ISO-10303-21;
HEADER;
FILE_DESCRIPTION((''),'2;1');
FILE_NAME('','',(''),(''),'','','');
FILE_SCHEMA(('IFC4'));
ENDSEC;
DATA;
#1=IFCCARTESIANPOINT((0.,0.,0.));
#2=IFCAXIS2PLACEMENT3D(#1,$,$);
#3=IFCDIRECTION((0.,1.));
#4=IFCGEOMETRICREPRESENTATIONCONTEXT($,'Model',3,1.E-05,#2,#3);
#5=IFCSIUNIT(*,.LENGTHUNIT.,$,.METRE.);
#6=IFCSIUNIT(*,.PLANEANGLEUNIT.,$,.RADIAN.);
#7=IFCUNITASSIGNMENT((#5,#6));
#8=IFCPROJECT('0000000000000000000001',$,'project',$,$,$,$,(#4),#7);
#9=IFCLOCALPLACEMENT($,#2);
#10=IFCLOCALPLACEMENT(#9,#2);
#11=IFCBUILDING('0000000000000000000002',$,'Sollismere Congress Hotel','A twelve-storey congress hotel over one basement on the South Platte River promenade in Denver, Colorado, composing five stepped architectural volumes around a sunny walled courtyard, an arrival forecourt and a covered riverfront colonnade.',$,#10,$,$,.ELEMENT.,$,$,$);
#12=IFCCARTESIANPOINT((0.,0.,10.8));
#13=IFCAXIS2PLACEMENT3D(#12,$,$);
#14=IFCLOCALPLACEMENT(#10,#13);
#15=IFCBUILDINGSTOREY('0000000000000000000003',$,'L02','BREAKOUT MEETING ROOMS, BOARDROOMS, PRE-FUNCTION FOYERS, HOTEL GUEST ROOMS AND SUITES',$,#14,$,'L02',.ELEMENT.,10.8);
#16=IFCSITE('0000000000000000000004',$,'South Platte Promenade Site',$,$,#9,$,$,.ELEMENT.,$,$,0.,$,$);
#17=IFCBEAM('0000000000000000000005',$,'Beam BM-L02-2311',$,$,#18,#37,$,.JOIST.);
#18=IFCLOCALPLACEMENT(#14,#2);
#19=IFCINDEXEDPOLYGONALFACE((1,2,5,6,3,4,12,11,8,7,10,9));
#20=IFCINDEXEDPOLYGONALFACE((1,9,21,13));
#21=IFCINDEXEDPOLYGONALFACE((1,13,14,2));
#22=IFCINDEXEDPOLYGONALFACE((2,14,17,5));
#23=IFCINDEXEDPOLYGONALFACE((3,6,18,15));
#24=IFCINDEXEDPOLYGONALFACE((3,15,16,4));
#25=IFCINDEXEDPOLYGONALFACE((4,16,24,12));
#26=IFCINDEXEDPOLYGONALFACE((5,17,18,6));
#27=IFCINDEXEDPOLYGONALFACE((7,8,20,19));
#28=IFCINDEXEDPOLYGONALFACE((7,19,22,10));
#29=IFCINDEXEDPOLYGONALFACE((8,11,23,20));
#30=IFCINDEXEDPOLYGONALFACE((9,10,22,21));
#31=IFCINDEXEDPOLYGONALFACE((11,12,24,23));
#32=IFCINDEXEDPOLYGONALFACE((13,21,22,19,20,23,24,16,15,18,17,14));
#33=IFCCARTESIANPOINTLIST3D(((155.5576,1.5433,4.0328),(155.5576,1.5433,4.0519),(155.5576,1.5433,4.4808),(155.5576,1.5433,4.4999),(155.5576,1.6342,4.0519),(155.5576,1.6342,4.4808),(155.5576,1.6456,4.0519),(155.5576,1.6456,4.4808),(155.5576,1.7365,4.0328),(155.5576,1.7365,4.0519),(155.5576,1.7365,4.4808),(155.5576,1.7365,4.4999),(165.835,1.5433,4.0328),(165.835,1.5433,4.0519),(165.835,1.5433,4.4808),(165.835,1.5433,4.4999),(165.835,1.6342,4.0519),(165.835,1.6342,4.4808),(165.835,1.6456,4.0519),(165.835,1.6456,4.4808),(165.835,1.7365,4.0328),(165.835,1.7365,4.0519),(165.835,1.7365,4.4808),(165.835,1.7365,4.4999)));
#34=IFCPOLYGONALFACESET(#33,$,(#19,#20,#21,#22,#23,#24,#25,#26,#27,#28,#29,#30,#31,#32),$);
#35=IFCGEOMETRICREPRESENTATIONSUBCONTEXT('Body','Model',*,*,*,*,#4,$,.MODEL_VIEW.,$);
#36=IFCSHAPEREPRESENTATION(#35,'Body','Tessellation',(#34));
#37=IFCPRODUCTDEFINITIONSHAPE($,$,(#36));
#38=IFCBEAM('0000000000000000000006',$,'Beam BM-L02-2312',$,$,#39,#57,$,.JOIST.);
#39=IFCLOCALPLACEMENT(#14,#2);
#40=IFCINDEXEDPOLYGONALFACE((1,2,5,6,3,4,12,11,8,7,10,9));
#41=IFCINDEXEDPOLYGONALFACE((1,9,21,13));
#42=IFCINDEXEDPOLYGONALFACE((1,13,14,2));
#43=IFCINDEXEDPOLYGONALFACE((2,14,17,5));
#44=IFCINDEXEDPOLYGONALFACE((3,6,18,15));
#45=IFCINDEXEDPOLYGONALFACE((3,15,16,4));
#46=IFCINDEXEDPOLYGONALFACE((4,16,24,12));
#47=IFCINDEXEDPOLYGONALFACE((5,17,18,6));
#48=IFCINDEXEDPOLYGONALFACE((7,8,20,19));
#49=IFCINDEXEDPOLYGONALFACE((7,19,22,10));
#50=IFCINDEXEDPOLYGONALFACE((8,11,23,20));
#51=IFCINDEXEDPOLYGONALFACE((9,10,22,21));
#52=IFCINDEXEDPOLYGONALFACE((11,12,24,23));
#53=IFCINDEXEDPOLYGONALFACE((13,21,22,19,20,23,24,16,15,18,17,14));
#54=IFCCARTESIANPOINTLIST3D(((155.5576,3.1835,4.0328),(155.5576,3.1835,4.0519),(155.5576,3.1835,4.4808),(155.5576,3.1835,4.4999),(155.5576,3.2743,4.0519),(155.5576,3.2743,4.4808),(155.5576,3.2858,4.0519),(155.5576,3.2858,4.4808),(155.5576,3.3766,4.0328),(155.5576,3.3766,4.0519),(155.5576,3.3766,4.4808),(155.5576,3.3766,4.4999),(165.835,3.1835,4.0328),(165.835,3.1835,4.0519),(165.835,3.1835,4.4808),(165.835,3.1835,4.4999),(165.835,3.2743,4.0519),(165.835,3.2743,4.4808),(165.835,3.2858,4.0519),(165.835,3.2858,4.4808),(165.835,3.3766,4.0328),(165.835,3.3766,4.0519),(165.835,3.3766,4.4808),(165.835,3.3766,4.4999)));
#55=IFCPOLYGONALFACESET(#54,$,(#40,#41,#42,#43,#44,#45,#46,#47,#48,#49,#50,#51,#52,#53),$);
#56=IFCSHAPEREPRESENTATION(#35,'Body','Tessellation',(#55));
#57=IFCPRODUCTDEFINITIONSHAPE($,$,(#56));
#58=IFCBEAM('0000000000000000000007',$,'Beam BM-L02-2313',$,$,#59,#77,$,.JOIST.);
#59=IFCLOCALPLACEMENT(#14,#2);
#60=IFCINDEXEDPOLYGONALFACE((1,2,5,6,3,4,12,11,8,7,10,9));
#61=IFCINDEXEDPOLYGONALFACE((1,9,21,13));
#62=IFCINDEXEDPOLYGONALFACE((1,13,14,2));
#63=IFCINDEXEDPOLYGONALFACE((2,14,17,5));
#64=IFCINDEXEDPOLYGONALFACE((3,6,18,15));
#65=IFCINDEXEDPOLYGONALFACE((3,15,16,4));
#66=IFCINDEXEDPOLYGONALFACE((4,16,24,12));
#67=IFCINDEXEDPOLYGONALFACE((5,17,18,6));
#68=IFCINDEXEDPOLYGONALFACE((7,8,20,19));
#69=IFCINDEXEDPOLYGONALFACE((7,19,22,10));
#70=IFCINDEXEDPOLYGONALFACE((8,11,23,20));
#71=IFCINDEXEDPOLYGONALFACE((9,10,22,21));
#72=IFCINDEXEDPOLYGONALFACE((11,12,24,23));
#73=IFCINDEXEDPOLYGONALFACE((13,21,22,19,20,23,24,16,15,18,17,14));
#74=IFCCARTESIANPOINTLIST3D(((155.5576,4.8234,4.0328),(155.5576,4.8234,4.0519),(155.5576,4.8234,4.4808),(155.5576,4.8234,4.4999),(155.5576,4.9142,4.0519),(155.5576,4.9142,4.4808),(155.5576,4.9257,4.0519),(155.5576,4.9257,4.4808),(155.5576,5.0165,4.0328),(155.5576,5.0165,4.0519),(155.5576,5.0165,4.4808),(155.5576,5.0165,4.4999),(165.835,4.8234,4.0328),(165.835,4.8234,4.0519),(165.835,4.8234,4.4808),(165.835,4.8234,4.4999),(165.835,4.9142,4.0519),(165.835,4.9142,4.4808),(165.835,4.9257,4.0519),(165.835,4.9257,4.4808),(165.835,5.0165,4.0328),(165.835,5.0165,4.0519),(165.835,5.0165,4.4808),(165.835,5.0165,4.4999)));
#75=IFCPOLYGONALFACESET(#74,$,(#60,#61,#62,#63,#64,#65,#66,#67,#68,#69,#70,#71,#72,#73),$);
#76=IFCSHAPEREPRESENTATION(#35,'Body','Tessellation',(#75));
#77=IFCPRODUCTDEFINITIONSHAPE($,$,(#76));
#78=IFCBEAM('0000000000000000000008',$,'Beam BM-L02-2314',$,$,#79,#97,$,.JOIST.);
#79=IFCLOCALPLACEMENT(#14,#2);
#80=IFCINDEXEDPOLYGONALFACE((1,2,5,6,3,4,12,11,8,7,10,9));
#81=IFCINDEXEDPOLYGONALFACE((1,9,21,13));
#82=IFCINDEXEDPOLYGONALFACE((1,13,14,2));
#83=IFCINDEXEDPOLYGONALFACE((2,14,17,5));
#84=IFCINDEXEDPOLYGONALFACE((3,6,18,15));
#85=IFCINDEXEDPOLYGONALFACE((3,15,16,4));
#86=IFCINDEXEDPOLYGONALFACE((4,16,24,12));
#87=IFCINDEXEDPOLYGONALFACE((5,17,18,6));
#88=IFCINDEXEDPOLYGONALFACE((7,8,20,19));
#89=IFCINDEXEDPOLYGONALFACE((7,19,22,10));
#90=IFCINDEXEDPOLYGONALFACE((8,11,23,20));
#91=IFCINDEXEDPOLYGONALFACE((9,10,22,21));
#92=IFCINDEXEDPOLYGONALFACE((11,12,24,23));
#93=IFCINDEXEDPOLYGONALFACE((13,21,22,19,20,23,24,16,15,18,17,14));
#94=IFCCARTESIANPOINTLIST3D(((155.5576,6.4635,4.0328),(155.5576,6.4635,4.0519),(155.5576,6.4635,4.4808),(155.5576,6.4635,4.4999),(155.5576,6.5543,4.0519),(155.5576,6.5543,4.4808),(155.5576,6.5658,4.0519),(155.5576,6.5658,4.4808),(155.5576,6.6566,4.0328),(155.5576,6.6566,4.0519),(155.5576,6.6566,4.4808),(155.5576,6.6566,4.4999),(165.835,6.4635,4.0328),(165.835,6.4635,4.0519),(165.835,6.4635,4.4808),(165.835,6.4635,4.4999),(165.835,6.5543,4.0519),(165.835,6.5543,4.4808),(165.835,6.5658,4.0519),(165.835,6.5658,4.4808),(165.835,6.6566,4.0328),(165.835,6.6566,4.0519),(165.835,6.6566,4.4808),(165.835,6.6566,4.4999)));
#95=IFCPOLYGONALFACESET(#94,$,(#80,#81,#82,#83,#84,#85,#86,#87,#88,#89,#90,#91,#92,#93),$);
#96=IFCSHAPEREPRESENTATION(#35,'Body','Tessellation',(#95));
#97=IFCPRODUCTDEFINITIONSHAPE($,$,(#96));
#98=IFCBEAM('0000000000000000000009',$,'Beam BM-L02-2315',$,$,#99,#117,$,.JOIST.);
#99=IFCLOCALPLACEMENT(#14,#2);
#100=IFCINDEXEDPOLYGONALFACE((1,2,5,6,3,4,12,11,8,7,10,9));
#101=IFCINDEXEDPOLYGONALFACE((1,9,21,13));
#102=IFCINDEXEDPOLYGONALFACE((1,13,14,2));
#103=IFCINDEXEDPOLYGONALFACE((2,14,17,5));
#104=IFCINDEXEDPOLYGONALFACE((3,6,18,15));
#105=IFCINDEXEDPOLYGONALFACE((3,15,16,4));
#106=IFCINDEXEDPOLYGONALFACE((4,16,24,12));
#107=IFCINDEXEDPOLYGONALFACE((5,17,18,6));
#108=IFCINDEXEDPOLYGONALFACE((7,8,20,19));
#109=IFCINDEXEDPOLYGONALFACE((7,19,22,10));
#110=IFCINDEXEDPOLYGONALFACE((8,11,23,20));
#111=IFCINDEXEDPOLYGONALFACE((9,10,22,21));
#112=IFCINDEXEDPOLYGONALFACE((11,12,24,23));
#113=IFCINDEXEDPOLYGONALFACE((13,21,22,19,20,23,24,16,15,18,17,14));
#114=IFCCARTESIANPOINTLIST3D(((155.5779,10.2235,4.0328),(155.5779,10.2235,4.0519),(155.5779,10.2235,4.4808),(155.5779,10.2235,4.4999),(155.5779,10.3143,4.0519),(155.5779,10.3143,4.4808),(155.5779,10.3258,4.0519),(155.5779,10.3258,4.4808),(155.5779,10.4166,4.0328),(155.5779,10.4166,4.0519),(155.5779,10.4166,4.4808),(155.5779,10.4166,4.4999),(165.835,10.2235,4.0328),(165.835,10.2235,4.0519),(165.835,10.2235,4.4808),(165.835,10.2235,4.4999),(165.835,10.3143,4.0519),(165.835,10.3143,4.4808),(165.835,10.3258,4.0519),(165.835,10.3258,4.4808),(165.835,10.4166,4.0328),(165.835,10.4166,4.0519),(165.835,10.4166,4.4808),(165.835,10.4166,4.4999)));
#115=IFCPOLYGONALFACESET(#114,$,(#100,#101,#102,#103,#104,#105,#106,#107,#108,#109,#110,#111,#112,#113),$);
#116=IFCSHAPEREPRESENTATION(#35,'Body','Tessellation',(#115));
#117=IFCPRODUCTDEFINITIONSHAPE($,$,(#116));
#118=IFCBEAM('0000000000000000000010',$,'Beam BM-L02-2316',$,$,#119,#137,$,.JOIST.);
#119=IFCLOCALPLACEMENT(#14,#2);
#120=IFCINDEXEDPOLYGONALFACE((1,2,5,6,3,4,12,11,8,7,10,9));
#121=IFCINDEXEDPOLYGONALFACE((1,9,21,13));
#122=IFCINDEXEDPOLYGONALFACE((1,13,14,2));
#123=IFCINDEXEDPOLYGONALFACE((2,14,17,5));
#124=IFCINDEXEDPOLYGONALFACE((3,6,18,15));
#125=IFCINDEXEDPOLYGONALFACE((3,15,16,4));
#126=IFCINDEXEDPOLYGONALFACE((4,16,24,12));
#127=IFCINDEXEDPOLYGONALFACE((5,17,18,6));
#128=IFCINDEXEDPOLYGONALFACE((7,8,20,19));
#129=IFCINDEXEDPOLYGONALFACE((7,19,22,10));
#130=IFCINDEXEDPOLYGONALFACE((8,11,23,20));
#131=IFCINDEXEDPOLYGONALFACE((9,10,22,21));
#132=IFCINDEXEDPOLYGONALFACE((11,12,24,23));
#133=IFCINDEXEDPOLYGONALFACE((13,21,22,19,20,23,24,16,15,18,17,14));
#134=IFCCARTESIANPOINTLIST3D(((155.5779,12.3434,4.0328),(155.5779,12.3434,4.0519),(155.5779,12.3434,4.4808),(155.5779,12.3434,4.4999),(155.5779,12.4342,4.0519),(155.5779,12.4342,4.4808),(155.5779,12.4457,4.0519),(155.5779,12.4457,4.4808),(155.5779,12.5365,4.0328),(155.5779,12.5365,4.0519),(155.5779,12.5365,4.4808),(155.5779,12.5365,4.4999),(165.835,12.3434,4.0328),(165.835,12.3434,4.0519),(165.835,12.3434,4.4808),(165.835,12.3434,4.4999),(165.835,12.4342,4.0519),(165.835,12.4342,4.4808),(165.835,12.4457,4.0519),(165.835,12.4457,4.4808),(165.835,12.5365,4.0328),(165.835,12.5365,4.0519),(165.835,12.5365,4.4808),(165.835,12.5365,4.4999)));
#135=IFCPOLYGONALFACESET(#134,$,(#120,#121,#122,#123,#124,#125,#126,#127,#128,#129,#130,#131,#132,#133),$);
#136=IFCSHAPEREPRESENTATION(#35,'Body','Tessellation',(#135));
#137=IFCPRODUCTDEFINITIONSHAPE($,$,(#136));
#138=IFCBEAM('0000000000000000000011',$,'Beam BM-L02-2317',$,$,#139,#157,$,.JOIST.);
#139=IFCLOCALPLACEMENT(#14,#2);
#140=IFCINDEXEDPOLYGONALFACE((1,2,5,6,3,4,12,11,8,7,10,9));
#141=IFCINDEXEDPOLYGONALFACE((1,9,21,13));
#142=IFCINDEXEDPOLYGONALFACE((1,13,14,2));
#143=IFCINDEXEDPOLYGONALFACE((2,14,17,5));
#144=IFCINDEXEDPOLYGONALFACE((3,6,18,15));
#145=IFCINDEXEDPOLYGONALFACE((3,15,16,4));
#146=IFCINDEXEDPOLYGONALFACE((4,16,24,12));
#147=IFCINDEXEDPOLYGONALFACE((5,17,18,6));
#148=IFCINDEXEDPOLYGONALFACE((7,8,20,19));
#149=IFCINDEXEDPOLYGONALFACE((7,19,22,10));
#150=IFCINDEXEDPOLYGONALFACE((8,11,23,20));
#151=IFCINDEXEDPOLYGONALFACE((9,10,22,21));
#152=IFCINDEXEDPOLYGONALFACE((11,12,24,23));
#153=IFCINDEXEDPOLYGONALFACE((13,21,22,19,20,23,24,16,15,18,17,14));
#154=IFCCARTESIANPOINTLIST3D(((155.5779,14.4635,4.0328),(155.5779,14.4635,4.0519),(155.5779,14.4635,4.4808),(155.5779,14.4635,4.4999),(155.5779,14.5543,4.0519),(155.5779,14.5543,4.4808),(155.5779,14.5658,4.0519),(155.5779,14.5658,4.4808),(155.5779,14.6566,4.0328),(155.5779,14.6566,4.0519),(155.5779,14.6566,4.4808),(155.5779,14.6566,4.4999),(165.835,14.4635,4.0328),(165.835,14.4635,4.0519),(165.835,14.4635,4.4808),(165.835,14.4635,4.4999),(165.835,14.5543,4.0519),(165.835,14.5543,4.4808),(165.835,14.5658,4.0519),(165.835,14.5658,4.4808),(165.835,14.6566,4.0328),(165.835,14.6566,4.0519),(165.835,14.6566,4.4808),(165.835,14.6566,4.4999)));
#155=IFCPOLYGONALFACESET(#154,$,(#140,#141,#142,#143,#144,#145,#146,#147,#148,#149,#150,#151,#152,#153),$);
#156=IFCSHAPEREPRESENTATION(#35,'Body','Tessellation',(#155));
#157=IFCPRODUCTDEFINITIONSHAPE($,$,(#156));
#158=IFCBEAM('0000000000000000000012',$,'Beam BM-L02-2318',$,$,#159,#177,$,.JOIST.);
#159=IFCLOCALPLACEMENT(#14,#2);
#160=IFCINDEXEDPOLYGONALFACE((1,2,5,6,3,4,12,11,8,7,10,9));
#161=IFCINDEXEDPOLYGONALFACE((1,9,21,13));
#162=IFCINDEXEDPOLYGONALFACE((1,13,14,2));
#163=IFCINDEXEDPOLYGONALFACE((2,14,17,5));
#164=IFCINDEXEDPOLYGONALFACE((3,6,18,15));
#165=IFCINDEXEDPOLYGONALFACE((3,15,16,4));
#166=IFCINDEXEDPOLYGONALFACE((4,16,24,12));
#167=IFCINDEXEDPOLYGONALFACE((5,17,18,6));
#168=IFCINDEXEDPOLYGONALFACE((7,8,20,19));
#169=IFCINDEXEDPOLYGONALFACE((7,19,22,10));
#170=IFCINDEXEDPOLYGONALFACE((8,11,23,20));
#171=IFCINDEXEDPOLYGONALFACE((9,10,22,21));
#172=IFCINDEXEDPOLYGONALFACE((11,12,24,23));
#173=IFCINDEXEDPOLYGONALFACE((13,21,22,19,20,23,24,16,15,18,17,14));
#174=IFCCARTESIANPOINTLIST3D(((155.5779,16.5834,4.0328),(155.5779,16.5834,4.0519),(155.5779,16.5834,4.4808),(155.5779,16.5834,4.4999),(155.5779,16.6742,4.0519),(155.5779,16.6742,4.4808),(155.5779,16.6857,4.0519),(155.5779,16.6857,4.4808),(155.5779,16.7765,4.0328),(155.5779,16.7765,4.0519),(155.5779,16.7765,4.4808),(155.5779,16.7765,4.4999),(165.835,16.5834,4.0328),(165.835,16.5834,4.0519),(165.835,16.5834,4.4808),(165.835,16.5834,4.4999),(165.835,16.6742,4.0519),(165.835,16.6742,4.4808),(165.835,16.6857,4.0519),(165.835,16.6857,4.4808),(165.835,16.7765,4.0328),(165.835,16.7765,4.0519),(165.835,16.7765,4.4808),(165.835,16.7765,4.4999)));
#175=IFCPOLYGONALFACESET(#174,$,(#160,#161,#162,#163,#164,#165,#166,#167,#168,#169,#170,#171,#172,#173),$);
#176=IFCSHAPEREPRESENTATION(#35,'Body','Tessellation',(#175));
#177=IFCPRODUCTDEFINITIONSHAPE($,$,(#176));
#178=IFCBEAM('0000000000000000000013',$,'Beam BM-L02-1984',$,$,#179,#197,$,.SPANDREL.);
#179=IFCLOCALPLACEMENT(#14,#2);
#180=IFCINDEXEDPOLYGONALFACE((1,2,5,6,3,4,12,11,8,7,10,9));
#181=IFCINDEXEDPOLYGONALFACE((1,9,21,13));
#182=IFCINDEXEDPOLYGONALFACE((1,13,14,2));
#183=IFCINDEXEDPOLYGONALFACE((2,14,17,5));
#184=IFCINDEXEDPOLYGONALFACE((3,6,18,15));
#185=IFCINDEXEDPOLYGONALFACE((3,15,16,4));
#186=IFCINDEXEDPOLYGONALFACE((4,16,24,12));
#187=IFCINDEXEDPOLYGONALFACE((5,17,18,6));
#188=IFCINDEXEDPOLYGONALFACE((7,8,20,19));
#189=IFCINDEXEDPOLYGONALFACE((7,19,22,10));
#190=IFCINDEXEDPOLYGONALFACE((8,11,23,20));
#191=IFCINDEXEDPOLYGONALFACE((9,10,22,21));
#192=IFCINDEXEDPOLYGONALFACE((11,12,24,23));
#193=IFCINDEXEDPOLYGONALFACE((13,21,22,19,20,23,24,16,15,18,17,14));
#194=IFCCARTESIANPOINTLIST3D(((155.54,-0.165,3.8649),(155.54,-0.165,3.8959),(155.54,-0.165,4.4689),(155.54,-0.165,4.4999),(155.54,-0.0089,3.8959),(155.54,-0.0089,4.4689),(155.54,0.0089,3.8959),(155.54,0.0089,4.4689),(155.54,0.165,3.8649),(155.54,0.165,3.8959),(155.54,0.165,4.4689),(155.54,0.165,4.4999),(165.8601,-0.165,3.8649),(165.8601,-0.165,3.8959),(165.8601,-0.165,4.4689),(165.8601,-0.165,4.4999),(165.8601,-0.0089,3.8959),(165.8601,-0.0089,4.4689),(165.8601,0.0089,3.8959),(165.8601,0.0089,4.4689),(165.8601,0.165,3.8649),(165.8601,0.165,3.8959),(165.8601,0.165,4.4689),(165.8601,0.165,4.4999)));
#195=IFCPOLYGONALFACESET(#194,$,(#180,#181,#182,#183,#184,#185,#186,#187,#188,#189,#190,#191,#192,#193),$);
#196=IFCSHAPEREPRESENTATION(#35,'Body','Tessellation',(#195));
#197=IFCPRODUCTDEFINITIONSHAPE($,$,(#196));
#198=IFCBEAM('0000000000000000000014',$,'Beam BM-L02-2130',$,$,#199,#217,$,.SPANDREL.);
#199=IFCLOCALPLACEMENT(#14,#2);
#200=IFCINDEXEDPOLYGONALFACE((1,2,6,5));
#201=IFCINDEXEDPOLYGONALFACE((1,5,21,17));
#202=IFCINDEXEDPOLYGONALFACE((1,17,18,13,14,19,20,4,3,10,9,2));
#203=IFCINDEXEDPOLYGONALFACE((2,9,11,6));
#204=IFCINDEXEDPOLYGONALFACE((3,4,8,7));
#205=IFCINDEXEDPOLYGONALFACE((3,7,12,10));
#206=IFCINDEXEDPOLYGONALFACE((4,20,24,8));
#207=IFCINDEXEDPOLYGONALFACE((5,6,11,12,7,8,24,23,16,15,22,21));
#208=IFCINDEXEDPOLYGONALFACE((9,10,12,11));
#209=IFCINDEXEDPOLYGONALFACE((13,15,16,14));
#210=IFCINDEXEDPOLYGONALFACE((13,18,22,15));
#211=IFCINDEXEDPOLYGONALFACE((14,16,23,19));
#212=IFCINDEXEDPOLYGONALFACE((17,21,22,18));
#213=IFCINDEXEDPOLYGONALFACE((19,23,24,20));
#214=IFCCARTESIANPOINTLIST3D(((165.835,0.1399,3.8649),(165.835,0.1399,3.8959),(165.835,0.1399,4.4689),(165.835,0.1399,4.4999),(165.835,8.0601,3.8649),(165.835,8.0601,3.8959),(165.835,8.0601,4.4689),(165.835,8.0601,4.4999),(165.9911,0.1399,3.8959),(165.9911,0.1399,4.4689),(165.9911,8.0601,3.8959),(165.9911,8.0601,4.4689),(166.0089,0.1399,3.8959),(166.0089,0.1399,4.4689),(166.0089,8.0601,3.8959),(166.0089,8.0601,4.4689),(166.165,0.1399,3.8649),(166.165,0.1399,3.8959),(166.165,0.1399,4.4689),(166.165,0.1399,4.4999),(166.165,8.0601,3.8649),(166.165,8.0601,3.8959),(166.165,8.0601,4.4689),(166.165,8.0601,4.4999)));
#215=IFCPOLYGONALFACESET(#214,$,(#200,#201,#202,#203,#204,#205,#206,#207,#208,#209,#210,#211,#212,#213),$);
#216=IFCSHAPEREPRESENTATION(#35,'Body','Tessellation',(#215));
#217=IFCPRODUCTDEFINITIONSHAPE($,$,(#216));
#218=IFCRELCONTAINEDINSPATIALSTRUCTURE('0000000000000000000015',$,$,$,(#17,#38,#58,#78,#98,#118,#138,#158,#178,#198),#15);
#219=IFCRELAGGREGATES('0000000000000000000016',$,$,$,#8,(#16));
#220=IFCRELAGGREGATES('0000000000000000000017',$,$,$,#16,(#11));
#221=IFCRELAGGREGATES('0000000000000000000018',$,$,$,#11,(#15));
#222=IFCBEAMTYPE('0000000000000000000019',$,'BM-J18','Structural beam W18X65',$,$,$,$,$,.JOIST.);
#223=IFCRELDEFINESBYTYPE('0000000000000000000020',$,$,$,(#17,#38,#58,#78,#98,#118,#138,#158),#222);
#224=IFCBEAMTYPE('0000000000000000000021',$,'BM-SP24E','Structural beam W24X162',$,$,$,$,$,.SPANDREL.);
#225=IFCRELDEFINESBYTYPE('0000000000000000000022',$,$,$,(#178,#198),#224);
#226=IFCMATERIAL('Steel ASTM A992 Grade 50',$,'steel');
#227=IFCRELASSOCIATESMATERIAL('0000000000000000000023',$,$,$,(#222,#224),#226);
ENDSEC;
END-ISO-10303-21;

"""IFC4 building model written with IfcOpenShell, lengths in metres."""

from ifc_helpers import new_model, si_unit, direction, frame, origin, origin_2d, place, context, subcontext, project, spatial, i_section, extrude, material, material_profile, profile_set, type_object, element, save


model = new_model("IFC4")

# Units and contexts
model_context = context("Model", 3, precision=1e-05, world=origin(), true_north=direction((0.0, 1.0)))
body_context = subcontext(model_context, "Body", "Model", "MODEL_VIEW")
ifc_project = project(units=[si_unit("LENGTHUNIT", "METRE"), si_unit("PLANEANGLEUNIT", "RADIAN")], contexts=[model_context])

# Site, building, storey
site_placement = place(None, origin())
site = spatial("IfcSite", under=ifc_project, at=site_placement, Name="South Platte Promenade Site", CompositionType="ELEMENT", RefElevation=0.0)
building_placement = place(site_placement, origin())
building = spatial("IfcBuilding", under=site, at=building_placement, Name="Sollismere Congress Hotel", Description="A twelve-storey congress hotel over one basement on the South Platte River promenade in Denver, Colorado, composing five stepped architectural volumes around a sunny walled courtyard, an arrival forecourt and a covered riverfront colonnade.", CompositionType="ELEMENT")
storey_placement = place(building_placement, frame((0.0, 0.0, 10.8)))
storey = spatial("IfcBuildingStorey", under=building, at=storey_placement, Name="L02", Description="BREAKOUT MEETING ROOMS, BOARDROOMS, PRE-FUNCTION FOYERS, HOTEL GUEST ROOMS AND SUITES", LongName="L02", CompositionType="ELEMENT", Elevation=10.8)

# Shared definitions
ifc_material_1 = material(Name="Steel ASTM A992 Grade 50", Category="steel")

# Beams
ifc_material_profile_1 = material_profile(ifc_material_1, i_section(OverallWidth=0.1931, OverallDepth=0.467, WebThickness=0.0115, FlangeThickness=0.019, at=origin_2d()), Name="W18X65")
ifc_profile_set_1 = profile_set([ifc_material_profile_1], Name="Steel ASTM A992 Grade 50")
beam_type_1 = type_object("IfcBeamType", Name="BM-J18", Description="Structural beam W18X65", PredefinedType="JOIST", material=ifc_profile_set_1)
for number, where, z_axis, x_axis, name in (
    (1, (155.5576, 1.6399, 4.2664), (1.0, 0.0, 0.0), (0.0, 1.0, 0.0), "Beam BM-L02-2311"),
    (2, (155.5576, 3.28, 4.2664), (1.0, 0.0, 0.0), (0.0, 1.0, 0.0), "Beam BM-L02-2312"),
    (3, (155.5576, 4.9199, 4.2664), (1.0, 0.0, 0.0), (0.0, 1.0, 0.0), "Beam BM-L02-2313"),
    (4, (155.5576, 6.5601, 4.2664), (1.0, 0.0, 0.0), (0.0, 1.0, 0.0), "Beam BM-L02-2314"),
):
    element("IfcBeam", number, at=place(storey_placement, frame(where, z_axis=z_axis, x_axis=x_axis)), inside=storey, type_object=beam_type_1, Name=name, PredefinedType="JOIST", context=body_context, shape_type="SweptSolid", body=[
        extrude(i_section(OverallWidth=0.1931, OverallDepth=0.467, WebThickness=0.0115, FlangeThickness=0.019, at=origin_2d()), origin(), (0.0, 0.0, 1.0), 10.2773),
    ])
for number, where, z_axis, x_axis, name in (
    (5, (155.5779, 10.3201, 4.2664), (1.0, 0.0, 0.0), (0.0, 1.0, 0.0), "Beam BM-L02-2315"),
    (6, (155.5779, 12.4399, 4.2664), (1.0, 0.0, 0.0), (0.0, 1.0, 0.0), "Beam BM-L02-2316"),
    (7, (155.5779, 14.5601, 4.2664), (1.0, 0.0, 0.0), (0.0, 1.0, 0.0), "Beam BM-L02-2317"),
    (8, (155.5779, 16.6799, 4.2664), (1.0, 0.0, 0.0), (0.0, 1.0, 0.0), "Beam BM-L02-2318"),
):
    element("IfcBeam", number, at=place(storey_placement, frame(where, z_axis=z_axis, x_axis=x_axis)), inside=storey, type_object=beam_type_1, Name=name, PredefinedType="JOIST", context=body_context, shape_type="SweptSolid", body=[
        extrude(i_section(OverallWidth=0.1931, OverallDepth=0.467, WebThickness=0.0115, FlangeThickness=0.019, at=origin_2d()), origin(), (0.0, 0.0, 1.0), 10.2571),
    ])
ifc_material_profile_2 = material_profile(ifc_material_1, i_section(OverallWidth=0.3301, OverallDepth=0.635, WebThickness=0.0178, FlangeThickness=0.031, at=origin_2d()), Name="W24X162")
ifc_profile_set_2 = profile_set([ifc_material_profile_2], Name="Steel ASTM A992 Grade 50")
beam_type_2 = type_object("IfcBeamType", Name="BM-SP24E", Description="Structural beam W24X162", PredefinedType="SPANDREL", material=ifc_profile_set_2)
beam_1_placement = place(storey_placement, frame((155.54, 0.0, 4.1824), z_axis=(1.0, 0.0, 0.0), x_axis=(0.0, 1.0, 0.0)))
element("IfcBeam", 9, at=beam_1_placement, inside=storey, type_object=beam_type_2, Name="Beam BM-L02-1984", PredefinedType="SPANDREL", context=body_context, shape_type="SweptSolid", body=[
    extrude(i_section(OverallWidth=0.3301, OverallDepth=0.635, WebThickness=0.0178, FlangeThickness=0.031, at=origin_2d()), origin(), (0.0, 0.0, 1.0), 10.3201),
])
beam_2_placement = place(storey_placement, frame((166.0, 0.1399, 4.1824), z_axis=(0.0, 1.0, 0.0), x_axis=(-1.0, 0.0, 0.0)))
element("IfcBeam", 10, at=beam_2_placement, inside=storey, type_object=beam_type_2, Name="Beam BM-L02-2130", PredefinedType="SPANDREL", context=body_context, shape_type="SweptSolid", body=[
    extrude(i_section(OverallWidth=0.3301, OverallDepth=0.635, WebThickness=0.0178, FlangeThickness=0.031, at=origin_2d()), origin(), (0.0, 0.0, 1.0), 7.9202),
])

save(model, "model.ifc")
